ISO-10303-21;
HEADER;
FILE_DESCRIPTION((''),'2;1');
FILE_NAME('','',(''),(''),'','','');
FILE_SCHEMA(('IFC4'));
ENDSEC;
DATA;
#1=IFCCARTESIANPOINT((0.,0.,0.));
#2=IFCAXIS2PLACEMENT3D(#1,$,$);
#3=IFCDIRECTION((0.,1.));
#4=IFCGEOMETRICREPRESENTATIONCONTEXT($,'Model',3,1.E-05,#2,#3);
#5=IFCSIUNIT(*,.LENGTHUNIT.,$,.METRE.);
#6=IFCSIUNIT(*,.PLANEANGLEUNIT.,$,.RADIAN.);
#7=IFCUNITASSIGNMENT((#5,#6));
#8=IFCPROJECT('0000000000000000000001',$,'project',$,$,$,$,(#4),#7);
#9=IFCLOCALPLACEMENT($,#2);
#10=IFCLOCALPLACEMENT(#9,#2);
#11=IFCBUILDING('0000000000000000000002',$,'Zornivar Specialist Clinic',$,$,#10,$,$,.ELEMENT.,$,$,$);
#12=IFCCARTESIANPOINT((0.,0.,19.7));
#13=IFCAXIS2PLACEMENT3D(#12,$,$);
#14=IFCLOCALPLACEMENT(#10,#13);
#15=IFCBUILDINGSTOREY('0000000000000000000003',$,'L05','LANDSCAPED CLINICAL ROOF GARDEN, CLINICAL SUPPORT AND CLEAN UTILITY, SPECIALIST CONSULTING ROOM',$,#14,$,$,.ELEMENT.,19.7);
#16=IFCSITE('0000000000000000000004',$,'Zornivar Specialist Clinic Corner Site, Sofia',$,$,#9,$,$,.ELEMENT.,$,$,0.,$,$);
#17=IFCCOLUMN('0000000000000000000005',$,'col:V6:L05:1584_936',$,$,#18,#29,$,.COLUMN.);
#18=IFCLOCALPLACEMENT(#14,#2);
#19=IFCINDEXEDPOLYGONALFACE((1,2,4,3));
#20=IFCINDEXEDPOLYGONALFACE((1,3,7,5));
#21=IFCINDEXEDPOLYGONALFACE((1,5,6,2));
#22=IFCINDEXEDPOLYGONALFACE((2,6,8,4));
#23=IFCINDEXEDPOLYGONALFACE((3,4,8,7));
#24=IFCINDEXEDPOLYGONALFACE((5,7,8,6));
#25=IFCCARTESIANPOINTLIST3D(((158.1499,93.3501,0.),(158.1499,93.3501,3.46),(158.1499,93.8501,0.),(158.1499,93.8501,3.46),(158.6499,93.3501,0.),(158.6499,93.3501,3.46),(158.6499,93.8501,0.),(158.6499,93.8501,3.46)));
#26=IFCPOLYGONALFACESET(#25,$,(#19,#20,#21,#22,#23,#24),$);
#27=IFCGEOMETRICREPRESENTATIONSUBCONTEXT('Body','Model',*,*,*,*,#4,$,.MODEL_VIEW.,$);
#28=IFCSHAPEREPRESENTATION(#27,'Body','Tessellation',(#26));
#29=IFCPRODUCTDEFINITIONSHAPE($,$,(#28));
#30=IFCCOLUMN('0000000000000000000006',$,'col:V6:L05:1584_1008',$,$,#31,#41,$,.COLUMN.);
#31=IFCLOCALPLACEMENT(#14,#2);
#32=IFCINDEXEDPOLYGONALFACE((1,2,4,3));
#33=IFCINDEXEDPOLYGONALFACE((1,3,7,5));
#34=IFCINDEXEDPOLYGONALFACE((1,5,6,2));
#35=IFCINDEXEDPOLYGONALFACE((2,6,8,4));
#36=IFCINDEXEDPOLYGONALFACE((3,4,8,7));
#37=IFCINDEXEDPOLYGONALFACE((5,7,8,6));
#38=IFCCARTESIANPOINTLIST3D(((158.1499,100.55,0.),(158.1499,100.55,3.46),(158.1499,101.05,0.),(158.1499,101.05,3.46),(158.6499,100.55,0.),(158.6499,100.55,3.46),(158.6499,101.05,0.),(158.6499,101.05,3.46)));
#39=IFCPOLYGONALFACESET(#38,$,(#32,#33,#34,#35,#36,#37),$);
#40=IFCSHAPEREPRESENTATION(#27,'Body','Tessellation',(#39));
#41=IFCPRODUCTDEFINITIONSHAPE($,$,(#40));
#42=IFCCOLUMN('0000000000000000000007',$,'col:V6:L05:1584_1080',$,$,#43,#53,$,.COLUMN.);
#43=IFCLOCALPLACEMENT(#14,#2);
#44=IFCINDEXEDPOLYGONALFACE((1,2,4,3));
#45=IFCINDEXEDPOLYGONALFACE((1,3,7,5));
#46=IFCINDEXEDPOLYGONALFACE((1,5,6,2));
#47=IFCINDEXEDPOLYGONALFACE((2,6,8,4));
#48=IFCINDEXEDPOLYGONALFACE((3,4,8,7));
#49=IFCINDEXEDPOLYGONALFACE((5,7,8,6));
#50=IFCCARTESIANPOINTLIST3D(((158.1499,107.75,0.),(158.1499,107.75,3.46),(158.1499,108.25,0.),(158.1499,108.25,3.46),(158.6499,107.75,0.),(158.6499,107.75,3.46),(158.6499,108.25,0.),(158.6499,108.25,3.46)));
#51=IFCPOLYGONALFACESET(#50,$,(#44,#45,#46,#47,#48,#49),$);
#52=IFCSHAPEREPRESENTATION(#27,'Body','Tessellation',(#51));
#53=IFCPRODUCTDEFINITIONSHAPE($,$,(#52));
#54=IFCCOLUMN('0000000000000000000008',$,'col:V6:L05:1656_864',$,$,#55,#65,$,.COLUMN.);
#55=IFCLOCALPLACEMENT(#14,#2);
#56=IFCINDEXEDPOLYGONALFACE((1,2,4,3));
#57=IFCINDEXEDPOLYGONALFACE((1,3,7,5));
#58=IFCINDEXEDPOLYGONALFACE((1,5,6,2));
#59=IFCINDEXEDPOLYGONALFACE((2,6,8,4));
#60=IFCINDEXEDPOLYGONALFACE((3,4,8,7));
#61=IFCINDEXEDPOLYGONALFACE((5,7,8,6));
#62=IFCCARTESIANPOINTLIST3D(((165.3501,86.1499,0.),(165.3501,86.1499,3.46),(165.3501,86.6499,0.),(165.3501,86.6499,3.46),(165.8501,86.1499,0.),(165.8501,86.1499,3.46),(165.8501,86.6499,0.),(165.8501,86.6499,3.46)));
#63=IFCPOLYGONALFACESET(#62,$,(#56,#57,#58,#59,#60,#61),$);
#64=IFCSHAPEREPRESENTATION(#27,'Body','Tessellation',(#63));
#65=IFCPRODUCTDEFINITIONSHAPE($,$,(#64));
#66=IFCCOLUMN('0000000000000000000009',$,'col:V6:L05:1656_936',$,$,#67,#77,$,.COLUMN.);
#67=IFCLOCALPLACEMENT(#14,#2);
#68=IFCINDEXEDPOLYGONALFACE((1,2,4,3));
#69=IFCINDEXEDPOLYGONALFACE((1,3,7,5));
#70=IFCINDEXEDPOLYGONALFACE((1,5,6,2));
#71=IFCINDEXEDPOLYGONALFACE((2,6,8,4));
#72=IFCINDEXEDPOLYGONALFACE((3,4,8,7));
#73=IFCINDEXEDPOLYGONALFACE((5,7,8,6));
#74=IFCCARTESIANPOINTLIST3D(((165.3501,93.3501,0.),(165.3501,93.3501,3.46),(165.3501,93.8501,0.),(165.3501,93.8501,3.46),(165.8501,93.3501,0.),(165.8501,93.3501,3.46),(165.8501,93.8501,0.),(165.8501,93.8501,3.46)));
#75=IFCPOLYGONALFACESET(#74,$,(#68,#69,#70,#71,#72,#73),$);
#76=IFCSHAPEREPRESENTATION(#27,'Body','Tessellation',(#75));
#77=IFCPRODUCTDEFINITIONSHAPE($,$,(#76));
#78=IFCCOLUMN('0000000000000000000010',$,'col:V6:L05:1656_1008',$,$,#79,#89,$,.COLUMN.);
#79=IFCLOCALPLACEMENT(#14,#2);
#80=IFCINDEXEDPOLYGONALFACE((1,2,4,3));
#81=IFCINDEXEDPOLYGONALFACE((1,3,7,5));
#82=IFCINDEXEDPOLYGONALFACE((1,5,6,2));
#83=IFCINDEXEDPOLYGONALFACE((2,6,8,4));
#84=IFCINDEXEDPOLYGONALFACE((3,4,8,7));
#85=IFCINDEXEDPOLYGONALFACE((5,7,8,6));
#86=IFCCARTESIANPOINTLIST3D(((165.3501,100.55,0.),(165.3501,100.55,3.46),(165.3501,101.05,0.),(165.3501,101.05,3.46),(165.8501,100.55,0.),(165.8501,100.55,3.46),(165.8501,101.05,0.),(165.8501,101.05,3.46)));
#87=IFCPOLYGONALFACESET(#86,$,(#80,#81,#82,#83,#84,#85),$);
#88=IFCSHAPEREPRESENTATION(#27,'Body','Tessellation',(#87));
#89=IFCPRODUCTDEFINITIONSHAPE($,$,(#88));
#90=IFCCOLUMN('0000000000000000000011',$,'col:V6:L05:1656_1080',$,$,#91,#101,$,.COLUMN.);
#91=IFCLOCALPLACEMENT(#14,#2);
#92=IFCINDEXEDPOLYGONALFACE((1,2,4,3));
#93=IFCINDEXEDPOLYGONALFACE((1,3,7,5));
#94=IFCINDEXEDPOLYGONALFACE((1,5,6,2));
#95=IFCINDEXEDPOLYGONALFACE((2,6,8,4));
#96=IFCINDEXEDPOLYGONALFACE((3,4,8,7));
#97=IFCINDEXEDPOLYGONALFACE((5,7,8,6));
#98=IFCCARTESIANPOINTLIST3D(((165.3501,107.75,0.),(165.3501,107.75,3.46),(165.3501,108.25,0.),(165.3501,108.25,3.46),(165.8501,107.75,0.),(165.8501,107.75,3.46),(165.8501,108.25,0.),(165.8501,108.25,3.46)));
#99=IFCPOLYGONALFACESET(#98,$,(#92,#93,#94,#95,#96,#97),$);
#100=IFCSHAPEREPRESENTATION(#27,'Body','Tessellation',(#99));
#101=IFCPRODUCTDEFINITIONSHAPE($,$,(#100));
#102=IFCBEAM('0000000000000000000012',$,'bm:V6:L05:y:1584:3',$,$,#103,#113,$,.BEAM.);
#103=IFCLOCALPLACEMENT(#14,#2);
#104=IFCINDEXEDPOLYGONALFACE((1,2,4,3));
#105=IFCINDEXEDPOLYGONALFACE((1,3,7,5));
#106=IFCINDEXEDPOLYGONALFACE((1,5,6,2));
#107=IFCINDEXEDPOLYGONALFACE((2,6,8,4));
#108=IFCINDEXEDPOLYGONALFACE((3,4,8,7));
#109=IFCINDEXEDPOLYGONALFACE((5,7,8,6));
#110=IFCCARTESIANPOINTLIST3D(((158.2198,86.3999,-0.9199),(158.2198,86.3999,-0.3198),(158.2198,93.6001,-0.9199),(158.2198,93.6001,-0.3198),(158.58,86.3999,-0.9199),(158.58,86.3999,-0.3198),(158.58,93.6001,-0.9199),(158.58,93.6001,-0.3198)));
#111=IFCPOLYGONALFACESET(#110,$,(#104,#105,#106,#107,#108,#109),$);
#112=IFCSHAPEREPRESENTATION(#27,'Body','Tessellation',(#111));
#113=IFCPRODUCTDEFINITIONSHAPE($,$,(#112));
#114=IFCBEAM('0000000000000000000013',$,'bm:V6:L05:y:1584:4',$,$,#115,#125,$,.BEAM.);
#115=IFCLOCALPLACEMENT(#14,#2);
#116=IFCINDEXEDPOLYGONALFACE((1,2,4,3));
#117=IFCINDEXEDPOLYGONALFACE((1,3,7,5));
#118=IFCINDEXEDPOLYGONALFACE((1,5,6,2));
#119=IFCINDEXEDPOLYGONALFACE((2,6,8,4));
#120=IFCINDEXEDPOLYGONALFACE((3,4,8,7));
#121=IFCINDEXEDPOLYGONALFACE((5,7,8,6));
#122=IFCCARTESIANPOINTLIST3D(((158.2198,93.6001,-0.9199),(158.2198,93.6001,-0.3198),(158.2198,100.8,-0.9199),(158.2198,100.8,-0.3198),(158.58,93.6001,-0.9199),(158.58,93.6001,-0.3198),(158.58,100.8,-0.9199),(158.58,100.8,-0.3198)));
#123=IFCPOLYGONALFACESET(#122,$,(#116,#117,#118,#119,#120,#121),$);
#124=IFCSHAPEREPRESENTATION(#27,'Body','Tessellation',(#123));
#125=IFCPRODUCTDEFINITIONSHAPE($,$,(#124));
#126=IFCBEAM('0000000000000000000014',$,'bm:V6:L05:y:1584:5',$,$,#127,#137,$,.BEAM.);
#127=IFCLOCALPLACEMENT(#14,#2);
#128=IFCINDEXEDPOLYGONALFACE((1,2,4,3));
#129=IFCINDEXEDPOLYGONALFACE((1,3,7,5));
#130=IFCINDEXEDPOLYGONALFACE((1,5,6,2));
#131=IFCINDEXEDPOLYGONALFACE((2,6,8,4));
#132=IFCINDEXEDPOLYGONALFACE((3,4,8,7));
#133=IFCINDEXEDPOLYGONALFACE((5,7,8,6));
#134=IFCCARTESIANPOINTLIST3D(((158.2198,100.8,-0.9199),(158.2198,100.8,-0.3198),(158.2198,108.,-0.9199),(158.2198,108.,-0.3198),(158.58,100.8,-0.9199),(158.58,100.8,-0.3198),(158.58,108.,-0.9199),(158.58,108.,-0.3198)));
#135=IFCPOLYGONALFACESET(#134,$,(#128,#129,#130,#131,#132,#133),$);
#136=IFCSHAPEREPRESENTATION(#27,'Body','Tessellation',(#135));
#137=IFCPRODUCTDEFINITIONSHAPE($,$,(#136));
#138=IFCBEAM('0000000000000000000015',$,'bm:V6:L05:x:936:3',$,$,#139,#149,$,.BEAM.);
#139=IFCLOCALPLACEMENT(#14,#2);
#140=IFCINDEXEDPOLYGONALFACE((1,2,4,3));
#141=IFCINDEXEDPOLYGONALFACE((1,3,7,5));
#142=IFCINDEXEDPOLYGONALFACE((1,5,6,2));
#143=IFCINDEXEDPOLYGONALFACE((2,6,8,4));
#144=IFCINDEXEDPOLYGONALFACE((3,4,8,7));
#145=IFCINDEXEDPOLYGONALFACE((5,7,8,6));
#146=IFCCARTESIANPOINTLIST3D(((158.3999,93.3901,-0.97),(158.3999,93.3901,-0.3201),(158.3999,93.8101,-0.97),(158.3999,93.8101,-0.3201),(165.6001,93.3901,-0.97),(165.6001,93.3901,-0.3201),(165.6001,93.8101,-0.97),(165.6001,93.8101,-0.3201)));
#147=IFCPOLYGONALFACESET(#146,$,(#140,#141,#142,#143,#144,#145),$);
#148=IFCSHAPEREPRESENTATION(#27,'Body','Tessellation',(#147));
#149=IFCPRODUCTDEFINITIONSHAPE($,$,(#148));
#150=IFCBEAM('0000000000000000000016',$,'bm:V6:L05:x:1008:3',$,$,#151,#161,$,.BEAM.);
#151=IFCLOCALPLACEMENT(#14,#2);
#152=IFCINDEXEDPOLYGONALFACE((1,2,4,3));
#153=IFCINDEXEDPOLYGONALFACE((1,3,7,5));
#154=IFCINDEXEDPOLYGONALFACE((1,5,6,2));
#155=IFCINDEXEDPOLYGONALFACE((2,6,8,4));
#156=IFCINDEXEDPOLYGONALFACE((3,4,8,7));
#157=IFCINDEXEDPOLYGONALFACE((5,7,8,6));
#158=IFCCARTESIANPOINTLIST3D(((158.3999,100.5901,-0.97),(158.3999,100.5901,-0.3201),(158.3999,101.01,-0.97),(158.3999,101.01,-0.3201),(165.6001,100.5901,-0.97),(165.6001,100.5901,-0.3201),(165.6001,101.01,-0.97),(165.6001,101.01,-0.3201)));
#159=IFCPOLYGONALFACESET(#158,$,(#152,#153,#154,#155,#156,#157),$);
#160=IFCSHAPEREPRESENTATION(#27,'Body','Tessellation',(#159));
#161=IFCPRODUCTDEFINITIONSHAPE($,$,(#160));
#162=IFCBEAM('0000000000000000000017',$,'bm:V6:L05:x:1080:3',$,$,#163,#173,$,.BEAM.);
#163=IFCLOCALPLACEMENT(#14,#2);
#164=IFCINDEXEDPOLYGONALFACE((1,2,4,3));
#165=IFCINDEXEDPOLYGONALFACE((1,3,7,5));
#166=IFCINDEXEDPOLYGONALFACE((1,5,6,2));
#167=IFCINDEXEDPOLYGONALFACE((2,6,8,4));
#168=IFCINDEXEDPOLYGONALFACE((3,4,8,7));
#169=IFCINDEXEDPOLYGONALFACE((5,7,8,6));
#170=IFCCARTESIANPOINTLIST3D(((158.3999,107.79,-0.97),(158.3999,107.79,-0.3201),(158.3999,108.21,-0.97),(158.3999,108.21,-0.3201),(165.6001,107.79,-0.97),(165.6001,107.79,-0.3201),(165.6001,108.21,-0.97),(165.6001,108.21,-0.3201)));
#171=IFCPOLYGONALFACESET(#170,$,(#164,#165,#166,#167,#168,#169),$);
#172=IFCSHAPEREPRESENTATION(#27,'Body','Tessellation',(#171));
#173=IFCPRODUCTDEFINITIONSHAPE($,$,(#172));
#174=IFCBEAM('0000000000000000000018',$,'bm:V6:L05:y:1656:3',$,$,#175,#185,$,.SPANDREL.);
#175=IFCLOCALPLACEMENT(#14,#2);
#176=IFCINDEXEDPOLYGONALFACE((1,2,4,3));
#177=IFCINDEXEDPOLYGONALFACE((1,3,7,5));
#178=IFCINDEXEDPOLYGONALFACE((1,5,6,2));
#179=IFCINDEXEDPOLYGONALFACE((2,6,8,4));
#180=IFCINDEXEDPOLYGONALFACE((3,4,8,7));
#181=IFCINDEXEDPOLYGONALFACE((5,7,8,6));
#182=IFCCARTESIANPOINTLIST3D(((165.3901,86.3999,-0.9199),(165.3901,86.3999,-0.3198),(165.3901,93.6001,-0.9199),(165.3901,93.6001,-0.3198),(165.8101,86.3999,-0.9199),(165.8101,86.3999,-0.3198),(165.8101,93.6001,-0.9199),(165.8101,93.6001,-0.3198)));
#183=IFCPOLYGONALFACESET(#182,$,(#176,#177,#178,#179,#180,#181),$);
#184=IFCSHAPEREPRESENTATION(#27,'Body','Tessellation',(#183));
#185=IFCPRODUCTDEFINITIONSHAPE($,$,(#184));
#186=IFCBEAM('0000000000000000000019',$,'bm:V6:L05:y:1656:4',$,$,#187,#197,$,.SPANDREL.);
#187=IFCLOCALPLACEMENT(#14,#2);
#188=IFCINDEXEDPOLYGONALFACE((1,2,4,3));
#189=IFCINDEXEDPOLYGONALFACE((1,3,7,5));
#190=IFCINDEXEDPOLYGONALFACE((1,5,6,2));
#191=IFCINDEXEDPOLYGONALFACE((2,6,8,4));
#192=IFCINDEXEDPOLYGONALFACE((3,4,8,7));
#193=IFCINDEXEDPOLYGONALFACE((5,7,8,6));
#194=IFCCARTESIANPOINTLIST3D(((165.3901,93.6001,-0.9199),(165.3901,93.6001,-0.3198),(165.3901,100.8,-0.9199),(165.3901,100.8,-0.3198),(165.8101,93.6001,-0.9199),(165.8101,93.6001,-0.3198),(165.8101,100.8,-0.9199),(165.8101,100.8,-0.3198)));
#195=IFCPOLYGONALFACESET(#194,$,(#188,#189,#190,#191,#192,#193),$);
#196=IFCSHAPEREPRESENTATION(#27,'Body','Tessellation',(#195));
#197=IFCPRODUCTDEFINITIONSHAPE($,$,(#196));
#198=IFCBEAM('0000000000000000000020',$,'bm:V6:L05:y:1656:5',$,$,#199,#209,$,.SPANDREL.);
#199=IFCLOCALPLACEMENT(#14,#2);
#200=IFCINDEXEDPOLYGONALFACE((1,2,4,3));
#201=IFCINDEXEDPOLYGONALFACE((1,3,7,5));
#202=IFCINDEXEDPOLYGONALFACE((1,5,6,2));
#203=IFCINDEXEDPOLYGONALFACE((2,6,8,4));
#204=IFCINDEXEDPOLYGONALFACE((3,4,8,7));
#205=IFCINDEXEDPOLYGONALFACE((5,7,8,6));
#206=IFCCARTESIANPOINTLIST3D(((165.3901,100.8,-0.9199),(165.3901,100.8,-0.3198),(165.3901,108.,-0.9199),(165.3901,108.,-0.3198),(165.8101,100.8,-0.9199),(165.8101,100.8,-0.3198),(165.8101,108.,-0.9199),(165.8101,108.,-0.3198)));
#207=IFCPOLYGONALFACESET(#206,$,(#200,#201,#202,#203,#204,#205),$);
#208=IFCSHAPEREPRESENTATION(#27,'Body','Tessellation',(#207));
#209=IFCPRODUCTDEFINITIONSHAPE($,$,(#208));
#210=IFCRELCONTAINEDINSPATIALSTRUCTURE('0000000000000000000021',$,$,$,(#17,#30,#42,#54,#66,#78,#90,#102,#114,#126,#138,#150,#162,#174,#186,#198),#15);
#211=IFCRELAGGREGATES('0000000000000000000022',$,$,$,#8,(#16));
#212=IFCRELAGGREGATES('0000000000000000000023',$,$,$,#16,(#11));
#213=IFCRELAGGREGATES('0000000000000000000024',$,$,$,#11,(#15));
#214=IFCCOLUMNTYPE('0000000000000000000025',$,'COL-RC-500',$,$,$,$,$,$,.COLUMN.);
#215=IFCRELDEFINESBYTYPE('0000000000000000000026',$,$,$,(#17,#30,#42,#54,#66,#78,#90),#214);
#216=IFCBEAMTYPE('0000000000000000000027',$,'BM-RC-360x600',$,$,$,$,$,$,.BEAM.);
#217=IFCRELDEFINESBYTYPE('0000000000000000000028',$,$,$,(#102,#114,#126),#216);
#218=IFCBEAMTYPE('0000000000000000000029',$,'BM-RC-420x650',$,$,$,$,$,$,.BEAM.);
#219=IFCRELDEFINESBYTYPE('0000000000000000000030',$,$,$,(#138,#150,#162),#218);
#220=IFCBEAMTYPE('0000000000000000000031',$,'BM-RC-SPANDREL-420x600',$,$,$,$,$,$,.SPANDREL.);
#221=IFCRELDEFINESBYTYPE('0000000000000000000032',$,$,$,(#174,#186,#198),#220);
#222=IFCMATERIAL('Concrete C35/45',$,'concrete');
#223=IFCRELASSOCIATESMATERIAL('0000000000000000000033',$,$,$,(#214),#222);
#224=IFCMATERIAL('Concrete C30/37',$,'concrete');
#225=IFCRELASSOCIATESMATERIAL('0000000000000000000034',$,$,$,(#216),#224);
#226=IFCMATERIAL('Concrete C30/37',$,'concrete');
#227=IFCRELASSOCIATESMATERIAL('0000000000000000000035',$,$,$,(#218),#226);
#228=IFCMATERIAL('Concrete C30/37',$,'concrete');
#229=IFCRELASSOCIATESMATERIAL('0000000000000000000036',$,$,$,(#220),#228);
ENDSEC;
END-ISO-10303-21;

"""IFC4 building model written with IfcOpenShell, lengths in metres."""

from ifc_helpers import new_model, si_unit, direction, frame, origin, origin_2d, place, context, subcontext, project, spatial, rectangle, extrude, material, material_profile, profile_set, type_object, element, save


model = new_model("IFC4")

# Units and contexts
model_context = context("Model", 3, precision=1e-05, world=origin(), true_north=direction((0.0, 1.0)))
body_context = subcontext(model_context, "Body", "Model", "MODEL_VIEW")
ifc_project = project(units=[si_unit("LENGTHUNIT", "METRE"), si_unit("PLANEANGLEUNIT", "RADIAN")], contexts=[model_context])

# Site, building, storey
site_placement = place(None, origin())
site = spatial("IfcSite", under=ifc_project, at=site_placement, Name="Zornivar Specialist Clinic Corner Site, Sofia", CompositionType="ELEMENT", RefElevation=0.0)
building_placement = place(site_placement, origin())
building = spatial("IfcBuilding", under=site, at=building_placement, Name="Zornivar Specialist Clinic", CompositionType="ELEMENT")
storey_placement = place(building_placement, frame((0.0, 0.0, 19.7)))
storey = spatial("IfcBuildingStorey", under=building, at=storey_placement, Name="L05", Description="LANDSCAPED CLINICAL ROOF GARDEN, CLINICAL SUPPORT AND CLEAN UTILITY, SPECIALIST CONSULTING ROOM", CompositionType="ELEMENT", Elevation=19.7)

# Columns
ifc_material_1 = material(Name="Concrete C35/45", Category="concrete")
ifc_material_profile_1 = material_profile(ifc_material_1, rectangle(XDim=0.5, YDim=0.5, at=origin_2d()), Name="RC 500x500")
ifc_profile_set_1 = profile_set([ifc_material_profile_1], Name="Concrete C35/45")
column_type = type_object("IfcColumnType", Name="COL-RC-500", PredefinedType="COLUMN", material=ifc_profile_set_1)
for number, where, z_axis, x_axis, name in (
    (1, (158.3999, 93.6001, 0.0), (0.0, 0.0, 1.0), (1.0, 0.0, 0.0), "col:V6:L05:1584_936"),
    (2, (158.3999, 100.8, 0.0), (0.0, 0.0, 1.0), (1.0, 0.0, 0.0), "col:V6:L05:1584_1008"),
    (3, (158.3999, 108.0, 0.0), (0.0, 0.0, 1.0), (1.0, 0.0, 0.0), "col:V6:L05:1584_1080"),
    (4, (165.6001, 86.3999, 0.0), (0.0, 0.0, 1.0), (1.0, 0.0, 0.0), "col:V6:L05:1656_864"),
    (5, (165.6001, 93.6001, 0.0), (0.0, 0.0, 1.0), (1.0, 0.0, 0.0), "col:V6:L05:1656_936"),
    (6, (165.6001, 100.8, 0.0), (0.0, 0.0, 1.0), (1.0, 0.0, 0.0), "col:V6:L05:1656_1008"),
    (7, (165.6001, 108.0, 0.0), (0.0, 0.0, 1.0), (1.0, 0.0, 0.0), "col:V6:L05:1656_1080"),
):
    element("IfcColumn", number, at=place(storey_placement, frame(where, z_axis=z_axis, x_axis=x_axis)), inside=storey, type_object=column_type, Name=name, PredefinedType="COLUMN", context=body_context, shape_type="SweptSolid", body=[
        extrude(rectangle(XDim=0.5, YDim=0.5, at=origin_2d()), origin(), (0.0, 0.0, 1.0), 3.46),
    ])

# Beams
ifc_material_2 = material(Name="Concrete C30/37", Category="concrete")
ifc_material_profile_2 = material_profile(ifc_material_2, rectangle(XDim=0.3601, YDim=0.6001, at=origin_2d()), Name="RC 360x600")
ifc_profile_set_2 = profile_set([ifc_material_profile_2], Name="Concrete C30/37")
beam_type_1 = type_object("IfcBeamType", Name="BM-RC-360x600", PredefinedType="BEAM", material=ifc_profile_set_2)
beam_1_placement = place(storey_placement, frame((158.3999, 86.3999, -0.6199), z_axis=(0.0, 1.0, 0.0), x_axis=(-1.0, 0.0, 0.0)))
element("IfcBeam", 8, at=beam_1_placement, inside=storey, type_object=beam_type_1, Name="bm:V6:L05:y:1584:3", PredefinedType="BEAM", context=body_context, shape_type="SweptSolid", body=[
    extrude(rectangle(XDim=0.3601, YDim=0.6001, at=origin_2d()), origin(), (0.0, 0.0, 1.0), 7.2002),
])
for number, where, z_axis, x_axis, name in (
    (9, (158.3999, 93.6001, -0.6199), (0.0, 1.0, 0.0), (-1.0, 0.0, 0.0), "bm:V6:L05:y:1584:4"),
    (10, (158.3999, 100.8, -0.6199), (0.0, 1.0, 0.0), (-1.0, 0.0, 0.0), "bm:V6:L05:y:1584:5"),
):
    element("IfcBeam", number, at=place(storey_placement, frame(where, z_axis=z_axis, x_axis=x_axis)), inside=storey, type_object=beam_type_1, Name=name, PredefinedType="BEAM", context=body_context, shape_type="SweptSolid", body=[
        extrude(rectangle(XDim=0.3601, YDim=0.6001, at=origin_2d()), origin(), (0.0, 0.0, 1.0), 7.2),
    ])
ifc_material_3 = material(Name="Concrete C30/37", Category="concrete")
ifc_material_profile_3 = material_profile(ifc_material_3, rectangle(XDim=0.4199, YDim=0.6499, at=origin_2d()), Name="RC 420x650")
ifc_profile_set_3 = profile_set([ifc_material_profile_3], Name="Concrete C30/37")
beam_type_2 = type_object("IfcBeamType", Name="BM-RC-420x650", PredefinedType="BEAM", material=ifc_profile_set_3)
for number, where, z_axis, x_axis, name in (
    (11, (158.3999, 93.6001, -0.645), (1.0, 0.0, 0.0), (0.0, 1.0, 0.0), "bm:V6:L05:x:936:3"),
    (12, (158.3999, 100.8, -0.645), (1.0, 0.0, 0.0), (0.0, 1.0, 0.0), "bm:V6:L05:x:1008:3"),
    (13, (158.3999, 108.0, -0.645), (1.0, 0.0, 0.0), (0.0, 1.0, 0.0), "bm:V6:L05:x:1080:3"),
):
    element("IfcBeam", number, at=place(storey_placement, frame(where, z_axis=z_axis, x_axis=x_axis)), inside=storey, type_object=beam_type_2, Name=name, PredefinedType="BEAM", context=body_context, shape_type="SweptSolid", body=[
        extrude(rectangle(XDim=0.4199, YDim=0.6499, at=origin_2d()), origin(), (0.0, 0.0, 1.0), 7.2002),
    ])
ifc_material_4 = material(Name="Concrete C30/37", Category="concrete")
ifc_material_profile_4 = material_profile(ifc_material_4, rectangle(XDim=0.4199, YDim=0.6001, at=origin_2d()), Name="RC 420x600")
ifc_profile_set_4 = profile_set([ifc_material_profile_4], Name="Concrete C30/37")
beam_type_3 = type_object("IfcBeamType", Name="BM-RC-SPANDREL-420x600", PredefinedType="SPANDREL", material=ifc_profile_set_4)
beam_2_placement = place(storey_placement, frame((165.6001, 86.3999, -0.6199), z_axis=(0.0, 1.0, 0.0), x_axis=(-1.0, 0.0, 0.0)))
element("IfcBeam", 14, at=beam_2_placement, inside=storey, type_object=beam_type_3, Name="bm:V6:L05:y:1656:3", PredefinedType="SPANDREL", context=body_context, shape_type="SweptSolid", body=[
    extrude(rectangle(XDim=0.4199, YDim=0.6001, at=origin_2d()), origin(), (0.0, 0.0, 1.0), 7.2002),
])
for number, where, z_axis, x_axis, name in (
    (15, (165.6001, 93.6001, -0.6199), (0.0, 1.0, 0.0), (-1.0, 0.0, 0.0), "bm:V6:L05:y:1656:4"),
    (16, (165.6001, 100.8, -0.6199), (0.0, 1.0, 0.0), (-1.0, 0.0, 0.0), "bm:V6:L05:y:1656:5"),
):
    element("IfcBeam", number, at=place(storey_placement, frame(where, z_axis=z_axis, x_axis=x_axis)), inside=storey, type_object=beam_type_3, Name=name, PredefinedType="SPANDREL", context=body_context, shape_type="SweptSolid", body=[
        extrude(rectangle(XDim=0.4199, YDim=0.6001, at=origin_2d()), origin(), (0.0, 0.0, 1.0), 7.2),
    ])

save(model, "model.ifc")
